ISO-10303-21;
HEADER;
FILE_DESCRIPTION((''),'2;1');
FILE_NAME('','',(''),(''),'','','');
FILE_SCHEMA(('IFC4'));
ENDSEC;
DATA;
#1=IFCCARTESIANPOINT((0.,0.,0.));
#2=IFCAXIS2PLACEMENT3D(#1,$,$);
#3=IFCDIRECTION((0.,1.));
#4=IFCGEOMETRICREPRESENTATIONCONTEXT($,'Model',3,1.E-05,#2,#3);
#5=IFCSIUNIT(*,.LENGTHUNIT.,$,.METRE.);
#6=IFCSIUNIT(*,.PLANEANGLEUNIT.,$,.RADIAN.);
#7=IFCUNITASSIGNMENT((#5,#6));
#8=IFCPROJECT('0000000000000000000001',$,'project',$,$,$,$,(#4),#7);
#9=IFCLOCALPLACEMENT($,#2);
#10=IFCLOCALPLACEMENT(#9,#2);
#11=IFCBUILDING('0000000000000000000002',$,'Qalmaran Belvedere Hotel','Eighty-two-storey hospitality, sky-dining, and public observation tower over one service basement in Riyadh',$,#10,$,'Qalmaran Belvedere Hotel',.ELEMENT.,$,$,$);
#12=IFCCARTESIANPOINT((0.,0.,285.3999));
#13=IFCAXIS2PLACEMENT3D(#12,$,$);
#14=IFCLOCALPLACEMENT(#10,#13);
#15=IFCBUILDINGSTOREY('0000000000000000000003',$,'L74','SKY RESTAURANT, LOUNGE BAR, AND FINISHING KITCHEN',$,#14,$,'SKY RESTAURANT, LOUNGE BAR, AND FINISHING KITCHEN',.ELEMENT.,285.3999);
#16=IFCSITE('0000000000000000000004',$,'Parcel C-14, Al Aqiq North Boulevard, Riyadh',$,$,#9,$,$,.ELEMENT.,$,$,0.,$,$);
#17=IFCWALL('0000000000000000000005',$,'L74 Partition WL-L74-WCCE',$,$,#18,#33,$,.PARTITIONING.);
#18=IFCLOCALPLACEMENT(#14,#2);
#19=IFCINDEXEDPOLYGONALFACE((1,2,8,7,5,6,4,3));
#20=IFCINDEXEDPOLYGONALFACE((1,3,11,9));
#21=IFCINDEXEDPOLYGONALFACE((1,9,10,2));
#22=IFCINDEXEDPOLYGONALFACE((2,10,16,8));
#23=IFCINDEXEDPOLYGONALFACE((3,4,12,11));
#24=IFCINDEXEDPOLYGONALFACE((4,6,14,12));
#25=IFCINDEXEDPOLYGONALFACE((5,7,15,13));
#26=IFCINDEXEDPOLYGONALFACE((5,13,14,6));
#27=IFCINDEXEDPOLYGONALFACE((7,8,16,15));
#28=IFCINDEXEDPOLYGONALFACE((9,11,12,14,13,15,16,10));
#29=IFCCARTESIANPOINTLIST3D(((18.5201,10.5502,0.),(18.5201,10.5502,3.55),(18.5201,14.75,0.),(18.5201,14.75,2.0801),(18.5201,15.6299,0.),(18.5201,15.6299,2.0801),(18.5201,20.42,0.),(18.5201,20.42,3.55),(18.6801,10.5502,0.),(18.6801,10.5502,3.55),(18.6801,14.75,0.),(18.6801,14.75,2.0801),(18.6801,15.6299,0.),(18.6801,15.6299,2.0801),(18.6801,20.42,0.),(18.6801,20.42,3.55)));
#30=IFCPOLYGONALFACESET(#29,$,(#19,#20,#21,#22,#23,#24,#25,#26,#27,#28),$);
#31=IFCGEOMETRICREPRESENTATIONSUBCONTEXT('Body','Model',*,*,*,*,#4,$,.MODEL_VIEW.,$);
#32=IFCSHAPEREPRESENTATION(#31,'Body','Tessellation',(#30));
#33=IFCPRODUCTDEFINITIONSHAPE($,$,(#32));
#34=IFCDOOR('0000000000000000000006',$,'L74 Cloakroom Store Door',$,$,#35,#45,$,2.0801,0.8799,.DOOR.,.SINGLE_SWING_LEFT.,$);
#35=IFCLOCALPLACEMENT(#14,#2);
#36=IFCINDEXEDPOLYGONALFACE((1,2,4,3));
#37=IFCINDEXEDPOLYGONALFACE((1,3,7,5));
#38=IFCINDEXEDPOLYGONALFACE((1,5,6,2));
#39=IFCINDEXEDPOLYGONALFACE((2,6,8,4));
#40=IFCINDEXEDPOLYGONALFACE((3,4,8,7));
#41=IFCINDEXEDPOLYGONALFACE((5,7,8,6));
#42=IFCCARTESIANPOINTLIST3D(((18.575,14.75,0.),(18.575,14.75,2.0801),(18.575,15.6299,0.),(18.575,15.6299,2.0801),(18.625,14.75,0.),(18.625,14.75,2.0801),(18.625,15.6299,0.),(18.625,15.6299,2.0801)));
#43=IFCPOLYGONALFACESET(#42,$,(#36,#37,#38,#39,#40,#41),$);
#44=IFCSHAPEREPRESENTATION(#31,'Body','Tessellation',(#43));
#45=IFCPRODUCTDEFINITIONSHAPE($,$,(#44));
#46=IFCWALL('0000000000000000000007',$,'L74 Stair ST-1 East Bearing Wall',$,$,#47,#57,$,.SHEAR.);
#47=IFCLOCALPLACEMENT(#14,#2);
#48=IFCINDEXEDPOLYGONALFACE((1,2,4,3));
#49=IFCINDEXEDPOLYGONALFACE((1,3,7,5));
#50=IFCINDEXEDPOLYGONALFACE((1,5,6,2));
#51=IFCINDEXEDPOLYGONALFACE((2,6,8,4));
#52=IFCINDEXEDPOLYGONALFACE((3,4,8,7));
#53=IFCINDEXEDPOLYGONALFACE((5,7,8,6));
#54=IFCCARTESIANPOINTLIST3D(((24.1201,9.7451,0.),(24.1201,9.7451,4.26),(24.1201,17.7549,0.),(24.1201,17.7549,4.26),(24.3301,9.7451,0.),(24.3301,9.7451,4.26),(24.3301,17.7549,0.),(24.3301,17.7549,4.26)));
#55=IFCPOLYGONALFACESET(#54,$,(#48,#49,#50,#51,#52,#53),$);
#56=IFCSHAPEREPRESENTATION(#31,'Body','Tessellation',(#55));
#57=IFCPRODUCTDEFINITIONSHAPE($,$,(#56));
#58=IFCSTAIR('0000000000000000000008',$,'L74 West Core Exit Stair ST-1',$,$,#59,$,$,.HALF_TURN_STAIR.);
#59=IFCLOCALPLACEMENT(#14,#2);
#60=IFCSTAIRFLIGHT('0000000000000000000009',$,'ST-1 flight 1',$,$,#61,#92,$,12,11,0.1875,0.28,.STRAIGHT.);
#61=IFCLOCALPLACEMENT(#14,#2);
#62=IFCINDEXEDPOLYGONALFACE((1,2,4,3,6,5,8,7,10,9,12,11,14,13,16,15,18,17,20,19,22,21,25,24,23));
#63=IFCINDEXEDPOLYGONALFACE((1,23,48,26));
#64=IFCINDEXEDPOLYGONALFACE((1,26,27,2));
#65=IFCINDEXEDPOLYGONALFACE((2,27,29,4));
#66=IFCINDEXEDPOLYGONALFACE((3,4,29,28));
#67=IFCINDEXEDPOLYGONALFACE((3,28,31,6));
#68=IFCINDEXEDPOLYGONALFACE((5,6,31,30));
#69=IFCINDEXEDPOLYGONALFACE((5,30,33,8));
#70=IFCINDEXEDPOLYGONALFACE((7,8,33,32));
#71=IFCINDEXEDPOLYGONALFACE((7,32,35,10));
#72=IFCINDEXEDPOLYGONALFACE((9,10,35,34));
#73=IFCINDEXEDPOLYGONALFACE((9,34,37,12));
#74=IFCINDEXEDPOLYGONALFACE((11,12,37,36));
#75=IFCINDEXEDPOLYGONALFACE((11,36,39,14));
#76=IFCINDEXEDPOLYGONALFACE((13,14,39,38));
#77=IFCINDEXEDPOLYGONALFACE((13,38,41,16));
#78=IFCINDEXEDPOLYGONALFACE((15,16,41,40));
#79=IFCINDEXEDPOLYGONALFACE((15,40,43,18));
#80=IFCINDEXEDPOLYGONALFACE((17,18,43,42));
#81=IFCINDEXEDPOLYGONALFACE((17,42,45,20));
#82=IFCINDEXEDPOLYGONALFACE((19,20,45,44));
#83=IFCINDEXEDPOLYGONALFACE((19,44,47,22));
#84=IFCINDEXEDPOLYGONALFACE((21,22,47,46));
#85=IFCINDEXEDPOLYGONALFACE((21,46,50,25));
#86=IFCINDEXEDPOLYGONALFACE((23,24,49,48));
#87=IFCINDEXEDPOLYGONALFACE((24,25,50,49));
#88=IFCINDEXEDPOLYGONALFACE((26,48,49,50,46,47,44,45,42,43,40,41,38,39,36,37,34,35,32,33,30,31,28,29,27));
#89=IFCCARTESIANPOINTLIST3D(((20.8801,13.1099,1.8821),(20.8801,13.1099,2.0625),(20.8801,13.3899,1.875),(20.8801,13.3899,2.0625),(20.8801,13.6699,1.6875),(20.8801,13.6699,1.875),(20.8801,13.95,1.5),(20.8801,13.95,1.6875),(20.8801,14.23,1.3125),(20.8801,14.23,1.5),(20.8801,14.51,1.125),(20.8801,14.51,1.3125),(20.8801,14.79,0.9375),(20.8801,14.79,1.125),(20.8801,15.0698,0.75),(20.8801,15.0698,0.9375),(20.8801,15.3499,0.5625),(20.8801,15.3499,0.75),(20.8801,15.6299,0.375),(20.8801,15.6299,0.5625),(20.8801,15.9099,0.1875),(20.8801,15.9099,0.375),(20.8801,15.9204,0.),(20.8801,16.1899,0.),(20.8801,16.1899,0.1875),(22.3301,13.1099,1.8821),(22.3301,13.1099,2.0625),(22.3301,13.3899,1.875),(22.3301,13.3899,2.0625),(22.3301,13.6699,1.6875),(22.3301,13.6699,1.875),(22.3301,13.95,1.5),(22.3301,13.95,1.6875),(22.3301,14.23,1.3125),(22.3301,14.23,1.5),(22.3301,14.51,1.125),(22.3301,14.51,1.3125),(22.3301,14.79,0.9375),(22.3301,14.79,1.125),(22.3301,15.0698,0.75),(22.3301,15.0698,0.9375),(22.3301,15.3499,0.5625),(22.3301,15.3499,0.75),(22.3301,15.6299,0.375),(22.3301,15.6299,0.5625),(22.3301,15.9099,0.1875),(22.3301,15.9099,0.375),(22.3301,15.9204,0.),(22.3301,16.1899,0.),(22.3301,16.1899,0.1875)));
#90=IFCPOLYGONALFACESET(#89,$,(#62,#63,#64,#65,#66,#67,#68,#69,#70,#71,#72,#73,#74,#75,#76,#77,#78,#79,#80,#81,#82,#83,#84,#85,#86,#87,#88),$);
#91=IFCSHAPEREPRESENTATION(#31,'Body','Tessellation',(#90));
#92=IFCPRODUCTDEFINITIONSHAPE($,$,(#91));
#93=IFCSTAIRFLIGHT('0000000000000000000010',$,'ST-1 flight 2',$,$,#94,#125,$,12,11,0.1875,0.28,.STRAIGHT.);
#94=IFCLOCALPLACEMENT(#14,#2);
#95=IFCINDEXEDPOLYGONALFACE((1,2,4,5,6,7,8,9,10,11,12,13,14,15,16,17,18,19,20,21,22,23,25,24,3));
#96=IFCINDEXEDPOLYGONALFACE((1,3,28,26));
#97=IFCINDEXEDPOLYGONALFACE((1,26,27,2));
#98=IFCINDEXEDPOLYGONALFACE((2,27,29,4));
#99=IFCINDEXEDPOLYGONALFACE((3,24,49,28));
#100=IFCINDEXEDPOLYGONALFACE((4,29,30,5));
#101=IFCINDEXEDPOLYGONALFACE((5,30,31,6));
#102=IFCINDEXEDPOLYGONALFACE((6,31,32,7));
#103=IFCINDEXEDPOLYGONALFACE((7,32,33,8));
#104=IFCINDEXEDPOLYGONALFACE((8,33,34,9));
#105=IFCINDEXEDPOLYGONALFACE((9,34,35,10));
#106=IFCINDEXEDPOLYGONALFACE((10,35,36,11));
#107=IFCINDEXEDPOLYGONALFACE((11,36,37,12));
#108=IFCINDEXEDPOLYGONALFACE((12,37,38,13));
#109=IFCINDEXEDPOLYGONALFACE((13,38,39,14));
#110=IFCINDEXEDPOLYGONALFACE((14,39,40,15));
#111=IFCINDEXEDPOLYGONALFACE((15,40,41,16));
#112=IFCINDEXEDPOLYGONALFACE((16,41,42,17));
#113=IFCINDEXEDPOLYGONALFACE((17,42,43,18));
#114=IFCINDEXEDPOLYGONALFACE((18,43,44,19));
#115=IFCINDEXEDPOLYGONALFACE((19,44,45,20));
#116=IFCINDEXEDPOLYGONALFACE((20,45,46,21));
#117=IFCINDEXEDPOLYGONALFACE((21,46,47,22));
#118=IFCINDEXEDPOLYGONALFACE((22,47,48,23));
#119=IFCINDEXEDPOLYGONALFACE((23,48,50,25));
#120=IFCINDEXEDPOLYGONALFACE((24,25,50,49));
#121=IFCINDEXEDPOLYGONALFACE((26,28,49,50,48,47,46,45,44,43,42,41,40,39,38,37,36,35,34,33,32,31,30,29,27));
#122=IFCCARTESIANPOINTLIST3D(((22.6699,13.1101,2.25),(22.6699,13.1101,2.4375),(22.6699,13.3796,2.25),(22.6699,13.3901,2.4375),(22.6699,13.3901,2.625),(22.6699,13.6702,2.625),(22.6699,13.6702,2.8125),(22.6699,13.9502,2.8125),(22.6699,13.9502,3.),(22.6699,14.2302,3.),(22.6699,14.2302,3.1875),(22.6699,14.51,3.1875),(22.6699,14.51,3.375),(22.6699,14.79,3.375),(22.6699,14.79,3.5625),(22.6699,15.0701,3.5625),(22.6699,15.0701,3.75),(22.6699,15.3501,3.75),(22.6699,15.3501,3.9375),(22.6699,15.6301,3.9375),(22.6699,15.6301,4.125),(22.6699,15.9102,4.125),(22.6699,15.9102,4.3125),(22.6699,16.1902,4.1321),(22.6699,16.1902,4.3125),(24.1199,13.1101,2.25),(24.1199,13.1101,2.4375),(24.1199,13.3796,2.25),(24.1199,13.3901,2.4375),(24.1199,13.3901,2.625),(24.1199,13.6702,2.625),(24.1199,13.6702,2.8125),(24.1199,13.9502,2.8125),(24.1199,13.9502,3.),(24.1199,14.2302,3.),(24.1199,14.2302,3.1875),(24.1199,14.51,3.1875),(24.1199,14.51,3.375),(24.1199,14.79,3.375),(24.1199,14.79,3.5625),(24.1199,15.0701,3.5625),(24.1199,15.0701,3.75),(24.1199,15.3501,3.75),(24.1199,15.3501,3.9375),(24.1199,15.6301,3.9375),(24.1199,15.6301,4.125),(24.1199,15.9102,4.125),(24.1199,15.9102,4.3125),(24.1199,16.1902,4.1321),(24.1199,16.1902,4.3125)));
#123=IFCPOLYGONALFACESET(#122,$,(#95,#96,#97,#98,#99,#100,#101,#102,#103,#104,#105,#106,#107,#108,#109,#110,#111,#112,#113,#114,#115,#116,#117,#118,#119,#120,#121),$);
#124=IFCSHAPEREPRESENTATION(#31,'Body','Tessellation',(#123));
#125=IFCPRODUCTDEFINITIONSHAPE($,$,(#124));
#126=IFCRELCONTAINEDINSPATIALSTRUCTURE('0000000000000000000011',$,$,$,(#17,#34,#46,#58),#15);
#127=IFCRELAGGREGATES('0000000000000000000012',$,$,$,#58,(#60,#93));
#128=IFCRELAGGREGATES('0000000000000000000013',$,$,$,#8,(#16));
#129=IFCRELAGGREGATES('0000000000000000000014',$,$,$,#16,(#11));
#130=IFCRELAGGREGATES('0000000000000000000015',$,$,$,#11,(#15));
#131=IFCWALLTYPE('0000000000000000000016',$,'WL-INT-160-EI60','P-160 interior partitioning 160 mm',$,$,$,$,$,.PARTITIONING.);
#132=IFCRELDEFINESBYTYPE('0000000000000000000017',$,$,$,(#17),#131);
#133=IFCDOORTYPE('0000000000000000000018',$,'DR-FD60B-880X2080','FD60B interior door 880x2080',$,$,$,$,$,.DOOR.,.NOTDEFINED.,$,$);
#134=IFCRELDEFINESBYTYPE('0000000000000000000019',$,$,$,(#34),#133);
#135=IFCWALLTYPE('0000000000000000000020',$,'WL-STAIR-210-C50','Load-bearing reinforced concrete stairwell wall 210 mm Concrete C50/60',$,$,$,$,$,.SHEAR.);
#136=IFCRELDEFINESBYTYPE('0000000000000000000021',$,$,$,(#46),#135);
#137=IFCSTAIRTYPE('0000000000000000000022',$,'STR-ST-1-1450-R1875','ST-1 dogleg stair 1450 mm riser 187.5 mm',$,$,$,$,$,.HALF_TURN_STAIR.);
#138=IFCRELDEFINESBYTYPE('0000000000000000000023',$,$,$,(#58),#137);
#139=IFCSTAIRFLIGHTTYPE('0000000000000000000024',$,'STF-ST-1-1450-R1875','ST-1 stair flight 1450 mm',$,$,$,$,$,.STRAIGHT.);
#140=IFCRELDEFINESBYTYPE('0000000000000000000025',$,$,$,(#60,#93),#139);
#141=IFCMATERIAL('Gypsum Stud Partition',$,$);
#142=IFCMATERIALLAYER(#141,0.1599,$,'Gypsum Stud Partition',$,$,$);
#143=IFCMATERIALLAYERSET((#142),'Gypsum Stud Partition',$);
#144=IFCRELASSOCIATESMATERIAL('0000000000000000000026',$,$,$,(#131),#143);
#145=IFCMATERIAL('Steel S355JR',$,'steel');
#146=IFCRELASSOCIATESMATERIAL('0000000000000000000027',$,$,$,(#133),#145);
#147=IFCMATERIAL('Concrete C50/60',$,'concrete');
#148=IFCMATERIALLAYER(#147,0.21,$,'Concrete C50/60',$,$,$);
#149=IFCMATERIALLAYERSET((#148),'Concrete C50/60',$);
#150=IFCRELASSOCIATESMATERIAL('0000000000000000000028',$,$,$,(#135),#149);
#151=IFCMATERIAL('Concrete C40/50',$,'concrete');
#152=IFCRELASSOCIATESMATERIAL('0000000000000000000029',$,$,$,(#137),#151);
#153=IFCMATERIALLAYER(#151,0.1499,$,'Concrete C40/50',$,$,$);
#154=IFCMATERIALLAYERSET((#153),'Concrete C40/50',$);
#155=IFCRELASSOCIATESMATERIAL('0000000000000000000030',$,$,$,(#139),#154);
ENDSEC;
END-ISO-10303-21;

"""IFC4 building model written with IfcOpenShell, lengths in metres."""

from ifc_helpers import new_model, si_unit, direction, frame, frame_2d, origin, place, context, subcontext, project, spatial, polyline, rectangle, outline, extrude, material, layer, layer_set, type_object, element, fill, aggregate, save


model = new_model("IFC4")

# Units and contexts
model_context = context("Model", 3, precision=1e-05, world=origin(), true_north=direction((0.0, 1.0)))
body_context = subcontext(model_context, "Body", "Model", "MODEL_VIEW")
ifc_project = project(units=[si_unit("LENGTHUNIT", "METRE"), si_unit("PLANEANGLEUNIT", "RADIAN")], contexts=[model_context])

# Site, building, storey
site_placement = place(None, origin())
site = spatial("IfcSite", under=ifc_project, at=site_placement, Name="Parcel C-14, Al Aqiq North Boulevard, Riyadh", CompositionType="ELEMENT", RefElevation=0.0)
building_placement = place(site_placement, origin())
building = spatial("IfcBuilding", under=site, at=building_placement, Name="Qalmaran Belvedere Hotel", Description="Eighty-two-storey hospitality, sky-dining, and public observation tower over one service basement in Riyadh", LongName="Qalmaran Belvedere Hotel", CompositionType="ELEMENT")
storey_placement = place(building_placement, frame((0.0, 0.0, 285.3999)))
storey = spatial("IfcBuildingStorey", under=building, at=storey_placement, Name="L74", Description="SKY RESTAURANT, LOUNGE BAR, AND FINISHING KITCHEN", LongName="SKY RESTAURANT, LOUNGE BAR, AND FINISHING KITCHEN", CompositionType="ELEMENT", Elevation=285.3999)

# Shared definitions
ifc_material_1 = material(Name="Gypsum Stud Partition")

# Shared definitions
ifc_layer_1 = layer(ifc_material_1, 0.1599, Name="Gypsum Stud Partition")
ifc_layer_set_1 = layer_set([ifc_layer_1], Name="Gypsum Stud Partition")
wall_type_1 = type_object("IfcWallType", Name="WL-INT-160-EI60", Description="P-160 interior partitioning 160 mm", PredefinedType="PARTITIONING", material=ifc_layer_set_1)
ifc_material_2 = material(Name="Steel S355JR", Category="steel")
door_type_1 = type_object("IfcDoorType", Name="DR-FD60B-880X2080", Description="FD60B interior door 880x2080", OperationType="NOTDEFINED", PredefinedType="DOOR", material=ifc_material_2)

# Wall, opening, door
wall_1_placement = place(storey_placement, frame((18.6001, 10.55, 0.0), z_axis=(0.0, 0.0, 1.0), x_axis=(0.0, 1.0, 0.0)))
wall_1 = element("IfcWall", 1, at=wall_1_placement, inside=storey, type_object=wall_type_1, Name="L74 Partition WL-L74-WCCE", PredefinedType="PARTITIONING", context=body_context, shape_type="SweptSolid", body=[
    extrude(rectangle(XDim=9.8699, YDim=0.1599, at=frame_2d((4.9351, 0.0))), origin(), (0.0, 0.0, 1.0), 3.55),
])
opening_1_placement = place(wall_1_placement, frame((5.0798, 0.0, 0.0), z_axis=(0.0, 0.0, 1.0), x_axis=(-1.0, 0.0, 0.0)))
opening_1 = element("IfcOpeningElement", 2, at=opening_1_placement, cuts=wall_1, PredefinedType="OPENING", context=body_context, shape_type="SweptSolid", body=[
    extrude(rectangle(XDim=0.8799, YDim=2.0801, at=frame_2d((0.4399, 1.04))), frame((0.0, 0.0898, 0.0), z_axis=(0.0, -1.0, 0.0), x_axis=(1.0, 0.0, 0.0)), (0.0, 0.0, 1.0), 0.1799),
])
door_1_placement = place(opening_1_placement, origin())
door_1 = element("IfcDoor", 3, at=door_1_placement, inside=storey, type_object=door_type_1, Name="L74 Cloakroom Store Door", OperationType="SINGLE_SWING_LEFT", OverallHeight=2.0801, OverallWidth=0.8799, PredefinedType="DOOR", context=body_context, shape_type="SweptSolid", body=[
    extrude(rectangle(XDim=0.8799, YDim=2.0801, at=frame_2d((0.4399, 1.04))), frame((0.0, 0.0249, 0.0), z_axis=(0.0, -1.0, 0.0), x_axis=(1.0, 0.0, 0.0)), (0.0, 0.0, 1.0), 0.05),
])
fill(opening_1, door_1)

# Wall
ifc_material_3 = material(Name="Concrete C50/60", Category="concrete")
ifc_layer_2 = layer(ifc_material_3, 0.21, Name="Concrete C50/60")
ifc_layer_set_2 = layer_set([ifc_layer_2], Name="Concrete C50/60")
wall_type_2 = type_object("IfcWallType", Name="WL-STAIR-210-C50", Description="Load-bearing reinforced concrete stairwell wall 210 mm Concrete C50/60", PredefinedType="SHEAR", material=ifc_layer_set_2)
wall_2_placement = place(storey_placement, frame((24.2251, 9.7451, 0.0), z_axis=(0.0, 0.0, 1.0), x_axis=(0.0, 1.0, 0.0)))
element("IfcWall", 4, at=wall_2_placement, inside=storey, type_object=wall_type_2, Name="L74 Stair ST-1 East Bearing Wall", PredefinedType="SHEAR", context=body_context, shape_type="SweptSolid", body=[
    extrude(rectangle(XDim=8.0098, YDim=0.21, at=frame_2d((4.0049, 0.0))), origin(), (0.0, 0.0, 1.0), 4.26),
])

# Stair, stair flights
ifc_material_4 = material(Name="Concrete C40/50", Category="concrete")
stair_type = type_object("IfcStairType", Name="STR-ST-1-1450-R1875", Description="ST-1 dogleg stair 1450 mm riser 187.5 mm", PredefinedType="HALF_TURN_STAIR", material=ifc_material_4)
stair_placement = place(storey_placement, origin())
stair = element("IfcStair", 5, at=stair_placement, inside=storey, type_object=stair_type, Name="L74 West Core Exit Stair ST-1", PredefinedType="HALF_TURN_STAIR")
ifc_layer_3 = layer(ifc_material_4, 0.1499, Name="Concrete C40/50")
ifc_layer_set_3 = layer_set([ifc_layer_3], Name="Concrete C40/50")
stair_flight_type = type_object("IfcStairFlightType", Name="STF-ST-1-1450-R1875", Description="ST-1 stair flight 1450 mm", PredefinedType="STRAIGHT", material=ifc_layer_set_3)
stair_flight_1_placement = place(storey_placement, frame((21.605, 16.1899, 0.0), z_axis=(0.0, 0.0, 1.0), x_axis=(0.0, -1.0, 0.0)))
stair_flight_1 = element("IfcStairFlight", 6, at=stair_flight_1_placement, type_object=stair_flight_type, Name="ST-1 flight 1", NumberOfRisers=12, NumberOfTreads=11, PredefinedType="STRAIGHT", RiserHeight=0.1875, TreadLength=0.28, context=body_context, shape_type="SweptSolid", body=[
    extrude(outline(polyline([(0.0, 0.0), (0.0, 0.1875), (0.28, 0.1875), (0.28, 0.375), (0.5601, 0.375), (0.5601, 0.5625), (0.8401, 0.5625), (0.8401, 0.75), (1.1201, 0.75), (1.1201, 0.9375), (1.3999, 0.9375), (1.3999, 1.125), (1.6799, 1.125), (1.6799, 1.3125), (1.96, 1.3125), (1.96, 1.5), (2.24, 1.5), (2.24, 1.6875), (2.52, 1.6875), (2.52, 1.875), (2.8, 1.875), (2.8, 2.0625), (3.0801, 2.0625), (3.0801, 2.25), (3.0801, 1.8821), (0.2695, 0.0), (0.0, 0.0)])), frame((0.0, 0.7251, 0.0), z_axis=(0.0, -1.0, 0.0), x_axis=(1.0, 0.0, 0.0)), (0.0, 0.0, 1.0), 1.45),
])
stair_flight_2_placement = place(storey_placement, frame((23.395, 13.1101, 2.25), z_axis=(0.0, 0.0, 1.0), x_axis=(0.0, 1.0, 0.0)))
stair_flight_2 = element("IfcStairFlight", 7, at=stair_flight_2_placement, type_object=stair_flight_type, Name="ST-1 flight 2", NumberOfRisers=12, NumberOfTreads=11, PredefinedType="STRAIGHT", RiserHeight=0.1875, TreadLength=0.28, context=body_context, shape_type="SweptSolid", body=[
    extrude(outline(polyline([(0.0, 0.0), (0.0, 0.1875), (0.28, 0.1875), (0.28, 0.375), (0.5601, 0.375), (0.5601, 0.5625), (0.8401, 0.5625), (0.8401, 0.75), (1.1201, 0.75), (1.1201, 0.9375), (1.3999, 0.9375), (1.3999, 1.125), (1.6799, 1.125), (1.6799, 1.3125), (1.96, 1.3125), (1.96, 1.5), (2.24, 1.5), (2.24, 1.6875), (2.52, 1.6875), (2.52, 1.875), (2.8, 1.875), (2.8, 2.0625), (3.0801, 2.0625), (3.0801, 2.25), (3.0801, 1.8821), (0.2695, 0.0), (0.0, 0.0)])), frame((0.0, 0.7251, 0.0), z_axis=(0.0, -1.0, 0.0), x_axis=(1.0, 0.0, 0.0)), (0.0, 0.0, 1.0), 1.45),
])
aggregate(stair, [stair_flight_1, stair_flight_2])

save(model, "model.ifc")
